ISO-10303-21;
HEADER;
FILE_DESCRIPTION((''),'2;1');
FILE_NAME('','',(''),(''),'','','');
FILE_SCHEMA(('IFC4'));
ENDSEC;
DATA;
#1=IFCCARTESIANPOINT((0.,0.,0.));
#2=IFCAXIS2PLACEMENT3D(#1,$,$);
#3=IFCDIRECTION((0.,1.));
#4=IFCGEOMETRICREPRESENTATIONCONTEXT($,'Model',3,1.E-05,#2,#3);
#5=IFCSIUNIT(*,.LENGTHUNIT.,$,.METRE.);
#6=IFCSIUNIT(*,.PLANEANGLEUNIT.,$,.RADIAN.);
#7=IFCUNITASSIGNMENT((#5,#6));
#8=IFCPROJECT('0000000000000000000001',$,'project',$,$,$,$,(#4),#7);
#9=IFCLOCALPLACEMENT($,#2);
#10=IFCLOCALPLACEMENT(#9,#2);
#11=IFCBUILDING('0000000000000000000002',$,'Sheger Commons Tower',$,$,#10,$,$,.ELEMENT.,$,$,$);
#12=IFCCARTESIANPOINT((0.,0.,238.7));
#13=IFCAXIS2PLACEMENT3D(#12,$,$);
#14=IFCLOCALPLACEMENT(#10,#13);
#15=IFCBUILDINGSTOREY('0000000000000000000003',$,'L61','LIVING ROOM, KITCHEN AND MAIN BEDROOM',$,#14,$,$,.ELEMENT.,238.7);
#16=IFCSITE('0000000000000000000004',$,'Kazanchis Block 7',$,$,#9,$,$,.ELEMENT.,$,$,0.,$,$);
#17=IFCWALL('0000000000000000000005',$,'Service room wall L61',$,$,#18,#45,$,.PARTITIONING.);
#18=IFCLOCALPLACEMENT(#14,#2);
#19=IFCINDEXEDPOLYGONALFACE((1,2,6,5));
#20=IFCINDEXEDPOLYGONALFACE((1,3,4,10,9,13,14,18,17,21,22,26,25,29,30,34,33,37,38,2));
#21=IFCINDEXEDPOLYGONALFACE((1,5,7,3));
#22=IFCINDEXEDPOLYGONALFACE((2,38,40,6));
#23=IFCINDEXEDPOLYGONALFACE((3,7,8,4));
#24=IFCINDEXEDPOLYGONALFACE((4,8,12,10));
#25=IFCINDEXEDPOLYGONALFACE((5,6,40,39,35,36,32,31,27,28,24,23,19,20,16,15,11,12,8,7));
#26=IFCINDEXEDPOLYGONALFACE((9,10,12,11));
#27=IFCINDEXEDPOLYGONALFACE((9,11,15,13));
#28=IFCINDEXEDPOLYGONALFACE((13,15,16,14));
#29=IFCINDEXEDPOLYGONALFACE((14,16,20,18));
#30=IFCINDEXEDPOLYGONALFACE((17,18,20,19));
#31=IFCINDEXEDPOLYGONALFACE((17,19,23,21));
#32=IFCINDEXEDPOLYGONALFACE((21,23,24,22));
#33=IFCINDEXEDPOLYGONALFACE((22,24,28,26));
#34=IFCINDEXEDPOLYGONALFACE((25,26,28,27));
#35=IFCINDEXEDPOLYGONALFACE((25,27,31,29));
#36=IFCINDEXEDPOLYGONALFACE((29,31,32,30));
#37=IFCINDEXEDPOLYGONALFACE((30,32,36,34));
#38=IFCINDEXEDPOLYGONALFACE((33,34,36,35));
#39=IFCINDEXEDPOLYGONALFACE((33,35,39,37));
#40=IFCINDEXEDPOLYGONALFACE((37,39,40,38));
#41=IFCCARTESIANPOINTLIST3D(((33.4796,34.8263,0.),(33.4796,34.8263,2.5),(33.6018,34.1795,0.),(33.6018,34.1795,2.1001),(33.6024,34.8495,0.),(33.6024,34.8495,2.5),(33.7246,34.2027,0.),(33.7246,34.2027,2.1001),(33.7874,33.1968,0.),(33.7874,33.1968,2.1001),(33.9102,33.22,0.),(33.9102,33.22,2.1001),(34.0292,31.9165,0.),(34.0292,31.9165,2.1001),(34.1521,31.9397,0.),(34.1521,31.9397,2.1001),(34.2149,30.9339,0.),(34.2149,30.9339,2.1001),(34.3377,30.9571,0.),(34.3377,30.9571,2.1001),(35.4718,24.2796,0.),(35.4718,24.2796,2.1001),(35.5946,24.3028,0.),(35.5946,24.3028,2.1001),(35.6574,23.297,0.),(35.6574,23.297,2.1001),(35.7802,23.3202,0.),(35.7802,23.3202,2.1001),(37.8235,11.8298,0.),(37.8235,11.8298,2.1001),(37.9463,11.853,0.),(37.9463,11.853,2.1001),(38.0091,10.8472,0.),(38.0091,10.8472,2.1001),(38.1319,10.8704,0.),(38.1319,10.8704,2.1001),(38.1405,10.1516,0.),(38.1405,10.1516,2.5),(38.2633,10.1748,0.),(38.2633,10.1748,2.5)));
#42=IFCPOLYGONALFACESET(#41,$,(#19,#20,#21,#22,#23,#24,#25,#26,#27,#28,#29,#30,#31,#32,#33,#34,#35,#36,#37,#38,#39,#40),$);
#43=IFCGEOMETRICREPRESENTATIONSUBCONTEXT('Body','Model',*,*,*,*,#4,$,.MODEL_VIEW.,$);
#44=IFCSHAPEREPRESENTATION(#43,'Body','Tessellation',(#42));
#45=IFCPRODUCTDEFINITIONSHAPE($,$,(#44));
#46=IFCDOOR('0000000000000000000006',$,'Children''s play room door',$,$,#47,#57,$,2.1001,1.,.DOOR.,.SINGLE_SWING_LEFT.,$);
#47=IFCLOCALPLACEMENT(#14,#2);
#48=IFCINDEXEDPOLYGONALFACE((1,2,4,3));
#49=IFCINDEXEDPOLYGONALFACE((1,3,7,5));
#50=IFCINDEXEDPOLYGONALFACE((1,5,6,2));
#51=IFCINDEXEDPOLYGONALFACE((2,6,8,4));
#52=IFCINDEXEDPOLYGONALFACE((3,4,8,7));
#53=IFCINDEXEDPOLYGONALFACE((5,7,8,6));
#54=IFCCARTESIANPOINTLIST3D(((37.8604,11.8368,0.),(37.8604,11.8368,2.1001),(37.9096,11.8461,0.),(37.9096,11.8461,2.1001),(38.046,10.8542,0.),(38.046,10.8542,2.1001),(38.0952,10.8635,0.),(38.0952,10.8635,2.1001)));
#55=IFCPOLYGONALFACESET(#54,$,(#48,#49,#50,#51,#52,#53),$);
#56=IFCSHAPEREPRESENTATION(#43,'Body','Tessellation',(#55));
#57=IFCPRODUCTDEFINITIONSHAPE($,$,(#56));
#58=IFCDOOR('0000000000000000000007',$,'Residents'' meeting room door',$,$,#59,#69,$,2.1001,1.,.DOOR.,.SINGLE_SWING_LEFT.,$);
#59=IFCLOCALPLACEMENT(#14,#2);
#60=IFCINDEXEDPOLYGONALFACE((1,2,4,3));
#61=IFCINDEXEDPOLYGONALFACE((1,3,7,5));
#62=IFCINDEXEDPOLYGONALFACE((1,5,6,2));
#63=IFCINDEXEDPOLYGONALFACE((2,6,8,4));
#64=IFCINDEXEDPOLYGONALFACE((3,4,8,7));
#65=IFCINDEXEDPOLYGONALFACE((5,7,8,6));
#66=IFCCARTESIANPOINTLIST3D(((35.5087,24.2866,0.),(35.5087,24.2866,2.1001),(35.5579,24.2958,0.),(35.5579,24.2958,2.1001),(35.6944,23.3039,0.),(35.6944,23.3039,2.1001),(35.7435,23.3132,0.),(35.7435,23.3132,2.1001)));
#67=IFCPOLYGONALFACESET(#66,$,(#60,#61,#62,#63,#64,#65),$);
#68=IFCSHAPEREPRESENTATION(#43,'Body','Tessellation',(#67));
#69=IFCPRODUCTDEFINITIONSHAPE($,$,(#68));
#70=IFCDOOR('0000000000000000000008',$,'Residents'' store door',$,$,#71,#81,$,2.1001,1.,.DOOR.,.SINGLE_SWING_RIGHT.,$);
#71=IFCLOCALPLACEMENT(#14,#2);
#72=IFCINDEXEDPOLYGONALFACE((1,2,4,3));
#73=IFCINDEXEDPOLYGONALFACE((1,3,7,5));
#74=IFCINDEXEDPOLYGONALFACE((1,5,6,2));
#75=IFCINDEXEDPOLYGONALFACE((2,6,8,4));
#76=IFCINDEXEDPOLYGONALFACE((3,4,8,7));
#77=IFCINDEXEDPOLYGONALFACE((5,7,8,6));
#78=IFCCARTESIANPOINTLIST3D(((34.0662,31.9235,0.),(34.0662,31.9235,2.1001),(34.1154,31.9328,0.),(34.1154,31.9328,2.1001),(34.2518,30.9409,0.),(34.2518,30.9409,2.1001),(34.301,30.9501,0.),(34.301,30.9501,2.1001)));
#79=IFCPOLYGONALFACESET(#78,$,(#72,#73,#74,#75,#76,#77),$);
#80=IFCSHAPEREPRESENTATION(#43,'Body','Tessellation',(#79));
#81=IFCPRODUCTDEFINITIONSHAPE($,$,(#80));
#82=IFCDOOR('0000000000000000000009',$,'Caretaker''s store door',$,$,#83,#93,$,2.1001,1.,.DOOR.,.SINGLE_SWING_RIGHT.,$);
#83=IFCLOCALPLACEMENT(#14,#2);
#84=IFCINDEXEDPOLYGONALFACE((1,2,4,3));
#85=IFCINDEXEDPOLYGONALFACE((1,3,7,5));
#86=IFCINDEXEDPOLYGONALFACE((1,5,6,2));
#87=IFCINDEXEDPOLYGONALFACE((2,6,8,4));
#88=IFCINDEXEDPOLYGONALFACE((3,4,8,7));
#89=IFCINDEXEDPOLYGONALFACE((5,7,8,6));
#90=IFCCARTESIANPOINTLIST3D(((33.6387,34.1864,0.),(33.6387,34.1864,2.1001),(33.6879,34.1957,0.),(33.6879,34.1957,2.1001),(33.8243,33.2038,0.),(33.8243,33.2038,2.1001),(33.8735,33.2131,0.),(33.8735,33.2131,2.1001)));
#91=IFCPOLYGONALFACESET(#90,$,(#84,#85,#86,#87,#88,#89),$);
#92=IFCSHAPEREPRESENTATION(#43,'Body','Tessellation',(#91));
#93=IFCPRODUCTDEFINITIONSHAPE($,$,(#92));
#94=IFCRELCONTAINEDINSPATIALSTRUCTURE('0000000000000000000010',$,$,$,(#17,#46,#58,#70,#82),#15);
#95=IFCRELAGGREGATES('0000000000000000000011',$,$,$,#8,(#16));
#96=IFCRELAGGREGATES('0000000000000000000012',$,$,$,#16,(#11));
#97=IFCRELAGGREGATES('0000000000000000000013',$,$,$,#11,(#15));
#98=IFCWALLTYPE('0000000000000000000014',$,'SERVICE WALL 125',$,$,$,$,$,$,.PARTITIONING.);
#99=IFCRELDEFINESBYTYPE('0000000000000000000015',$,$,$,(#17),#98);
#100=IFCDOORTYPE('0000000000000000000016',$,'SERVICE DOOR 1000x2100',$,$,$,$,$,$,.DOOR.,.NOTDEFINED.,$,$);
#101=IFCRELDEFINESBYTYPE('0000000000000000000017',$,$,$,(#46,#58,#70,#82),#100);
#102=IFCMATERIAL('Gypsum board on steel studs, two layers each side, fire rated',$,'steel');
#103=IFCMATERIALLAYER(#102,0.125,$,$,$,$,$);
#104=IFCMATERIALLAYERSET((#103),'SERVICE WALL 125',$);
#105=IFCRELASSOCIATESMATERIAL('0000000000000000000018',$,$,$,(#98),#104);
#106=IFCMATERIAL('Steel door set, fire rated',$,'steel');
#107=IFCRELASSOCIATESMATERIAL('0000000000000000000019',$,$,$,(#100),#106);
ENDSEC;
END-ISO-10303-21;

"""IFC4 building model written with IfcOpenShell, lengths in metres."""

from ifc_helpers import new_model, si_unit, direction, frame, frame_2d, origin, place, context, subcontext, project, spatial, rectangle, extrude, material, layer, layer_set, type_object, element, fill, save


model = new_model("IFC4")

# Units and contexts
model_context = context("Model", 3, precision=1e-05, world=origin(), true_north=direction((0.0, 1.0)))
body_context = subcontext(model_context, "Body", "Model", "MODEL_VIEW")
ifc_project = project(units=[si_unit("LENGTHUNIT", "METRE"), si_unit("PLANEANGLEUNIT", "RADIAN")], contexts=[model_context])

# Site, building, storey
site_placement = place(None, origin())
site = spatial("IfcSite", under=ifc_project, at=site_placement, Name="Kazanchis Block 7", CompositionType="ELEMENT", RefElevation=0.0)
building_placement = place(site_placement, origin())
building = spatial("IfcBuilding", under=site, at=building_placement, Name="Sheger Commons Tower", CompositionType="ELEMENT")
storey_placement = place(building_placement, frame((0.0, 0.0, 238.7)))
storey = spatial("IfcBuildingStorey", under=building, at=storey_placement, Name="L61", Description="LIVING ROOM, KITCHEN AND MAIN BEDROOM", CompositionType="ELEMENT", Elevation=238.7)

# Shared definitions
ifc_material_1 = material(Name="Gypsum board on steel studs, two layers each side, fire rated", Category="steel")
ifc_layer_1 = layer(ifc_material_1, 0.125)
ifc_layer_set_1 = layer_set([ifc_layer_1], Name="SERVICE WALL 125")
wall_type_1 = type_object("IfcWallType", Name="SERVICE WALL 125", PredefinedType="PARTITIONING", material=ifc_layer_set_1)

# Wall, openings, doors
wall_1_placement = place(storey_placement, frame((38.2019, 10.1631, 0.0), z_axis=(0.0, 0.0, 1.0), x_axis=(-0.18561, 0.982623, 0.0)))
wall_1 = element("IfcWall", 1, at=wall_1_placement, inside=storey, type_object=wall_type_1, Name="Service room wall L61", PredefinedType="PARTITIONING", context=body_context, shape_type="SweptSolid", body=[
    extrude(rectangle(XDim=25.1111, YDim=0.125, at=frame_2d((12.5557, 0.0))), origin(), (0.0, 0.0, 1.0), 2.5),
])
opening_1_placement = place(wall_1_placement, frame((0.708, 0.0, 0.0)))
opening_1 = element("IfcOpeningElement", 2, at=opening_1_placement, cuts=wall_1, PredefinedType="OPENING", context=body_context, shape_type="SweptSolid", body=[
    extrude(rectangle(XDim=1.0, YDim=2.1001, at=frame_2d((0.5, 1.05))), frame((0.0, 0.0725, 0.0), z_axis=(0.0, -1.0, 0.0), x_axis=(1.0, 0.0, 0.0)), (0.0, 0.0, 1.0), 0.145),
])
opening_2_placement = place(wall_1_placement, frame((13.3779, 0.0, 0.0)))
opening_2 = element("IfcOpeningElement", 3, at=opening_2_placement, cuts=wall_1, PredefinedType="OPENING", context=body_context, shape_type="SweptSolid", body=[
    extrude(rectangle(XDim=1.0, YDim=2.1001, at=frame_2d((0.5, 1.05))), frame((0.0, 0.0725, 0.0), z_axis=(0.0, -1.0, 0.0), x_axis=(1.0, 0.0, 0.0)), (0.0, 0.0, 1.0), 0.145),
])
opening_3_placement = place(wall_1_placement, frame((21.1499, 0.0, 0.0)))
opening_3 = element("IfcOpeningElement", 4, at=opening_3_placement, cuts=wall_1, PredefinedType="OPENING", context=body_context, shape_type="SweptSolid", body=[
    extrude(rectangle(XDim=1.0, YDim=2.1001, at=frame_2d((0.5, 1.05))), frame((0.0, 0.0725, 0.0), z_axis=(0.0, -1.0, 0.0), x_axis=(1.0, 0.0, 0.0)), (0.0, 0.0, 1.0), 0.145),
])
opening_4_placement = place(wall_1_placement, frame((23.4529, 0.0, 0.0)))
opening_4 = element("IfcOpeningElement", 5, at=opening_4_placement, cuts=wall_1, PredefinedType="OPENING", context=body_context, shape_type="SweptSolid", body=[
    extrude(rectangle(XDim=1.0, YDim=2.1001, at=frame_2d((0.5, 1.05))), frame((0.0, 0.0725, 0.0), z_axis=(0.0, -1.0, 0.0), x_axis=(1.0, 0.0, 0.0)), (0.0, 0.0, 1.0), 0.145),
])
ifc_material_2 = material(Name="Steel door set, fire rated", Category="steel")
door_type_1 = type_object("IfcDoorType", Name="SERVICE DOOR 1000x2100", OperationType="NOTDEFINED", PredefinedType="DOOR", material=ifc_material_2)
door_1_placement = place(opening_1_placement, origin())
door_1 = element("IfcDoor", 6, at=door_1_placement, inside=storey, type_object=door_type_1, Name="Children's play room door", OperationType="SINGLE_SWING_LEFT", OverallHeight=2.1001, OverallWidth=1.0, PredefinedType="DOOR", context=body_context, shape_type="SweptSolid", body=[
    extrude(rectangle(XDim=1.0, YDim=2.1001, at=frame_2d((0.5, 1.05))), frame((0.0, 0.0249, 0.0), z_axis=(0.0, -1.0, 0.0), x_axis=(1.0, 0.0, 0.0)), (0.0, 0.0, 1.0), 0.05),
])
fill(opening_1, door_1)
door_2_placement = place(opening_2_placement, origin())
door_2 = element("IfcDoor", 7, at=door_2_placement, inside=storey, type_object=door_type_1, Name="Residents' meeting room door", OperationType="SINGLE_SWING_LEFT", OverallHeight=2.1001, OverallWidth=1.0, PredefinedType="DOOR", context=body_context, shape_type="SweptSolid", body=[
    extrude(rectangle(XDim=1.0, YDim=2.1001, at=frame_2d((0.5, 1.05))), frame((0.0, 0.0249, 0.0), z_axis=(0.0, -1.0, 0.0), x_axis=(1.0, 0.0, 0.0)), (0.0, 0.0, 1.0), 0.05),
])
fill(opening_2, door_2)
door_3_placement = place(opening_3_placement, origin())
door_3 = element("IfcDoor", 8, at=door_3_placement, inside=storey, type_object=door_type_1, Name="Residents' store door", OperationType="SINGLE_SWING_RIGHT", OverallHeight=2.1001, OverallWidth=1.0, PredefinedType="DOOR", context=body_context, shape_type="SweptSolid", body=[
    extrude(rectangle(XDim=1.0, YDim=2.1001, at=frame_2d((0.5, 1.05))), frame((0.0, 0.0249, 0.0), z_axis=(0.0, -1.0, 0.0), x_axis=(1.0, 0.0, 0.0)), (0.0, 0.0, 1.0), 0.05),
])
fill(opening_3, door_3)
door_4_placement = place(opening_4_placement, origin())
door_4 = element("IfcDoor", 9, at=door_4_placement, inside=storey, type_object=door_type_1, Name="Caretaker's store door", OperationType="SINGLE_SWING_RIGHT", OverallHeight=2.1001, OverallWidth=1.0, PredefinedType="DOOR", context=body_context, shape_type="SweptSolid", body=[
    extrude(rectangle(XDim=1.0, YDim=2.1001, at=frame_2d((0.5, 1.05))), frame((0.0, 0.0249, 0.0), z_axis=(0.0, -1.0, 0.0), x_axis=(1.0, 0.0, 0.0)), (0.0, 0.0, 1.0), 0.05),
])
fill(opening_4, door_4)

save(model, "model.ifc")
